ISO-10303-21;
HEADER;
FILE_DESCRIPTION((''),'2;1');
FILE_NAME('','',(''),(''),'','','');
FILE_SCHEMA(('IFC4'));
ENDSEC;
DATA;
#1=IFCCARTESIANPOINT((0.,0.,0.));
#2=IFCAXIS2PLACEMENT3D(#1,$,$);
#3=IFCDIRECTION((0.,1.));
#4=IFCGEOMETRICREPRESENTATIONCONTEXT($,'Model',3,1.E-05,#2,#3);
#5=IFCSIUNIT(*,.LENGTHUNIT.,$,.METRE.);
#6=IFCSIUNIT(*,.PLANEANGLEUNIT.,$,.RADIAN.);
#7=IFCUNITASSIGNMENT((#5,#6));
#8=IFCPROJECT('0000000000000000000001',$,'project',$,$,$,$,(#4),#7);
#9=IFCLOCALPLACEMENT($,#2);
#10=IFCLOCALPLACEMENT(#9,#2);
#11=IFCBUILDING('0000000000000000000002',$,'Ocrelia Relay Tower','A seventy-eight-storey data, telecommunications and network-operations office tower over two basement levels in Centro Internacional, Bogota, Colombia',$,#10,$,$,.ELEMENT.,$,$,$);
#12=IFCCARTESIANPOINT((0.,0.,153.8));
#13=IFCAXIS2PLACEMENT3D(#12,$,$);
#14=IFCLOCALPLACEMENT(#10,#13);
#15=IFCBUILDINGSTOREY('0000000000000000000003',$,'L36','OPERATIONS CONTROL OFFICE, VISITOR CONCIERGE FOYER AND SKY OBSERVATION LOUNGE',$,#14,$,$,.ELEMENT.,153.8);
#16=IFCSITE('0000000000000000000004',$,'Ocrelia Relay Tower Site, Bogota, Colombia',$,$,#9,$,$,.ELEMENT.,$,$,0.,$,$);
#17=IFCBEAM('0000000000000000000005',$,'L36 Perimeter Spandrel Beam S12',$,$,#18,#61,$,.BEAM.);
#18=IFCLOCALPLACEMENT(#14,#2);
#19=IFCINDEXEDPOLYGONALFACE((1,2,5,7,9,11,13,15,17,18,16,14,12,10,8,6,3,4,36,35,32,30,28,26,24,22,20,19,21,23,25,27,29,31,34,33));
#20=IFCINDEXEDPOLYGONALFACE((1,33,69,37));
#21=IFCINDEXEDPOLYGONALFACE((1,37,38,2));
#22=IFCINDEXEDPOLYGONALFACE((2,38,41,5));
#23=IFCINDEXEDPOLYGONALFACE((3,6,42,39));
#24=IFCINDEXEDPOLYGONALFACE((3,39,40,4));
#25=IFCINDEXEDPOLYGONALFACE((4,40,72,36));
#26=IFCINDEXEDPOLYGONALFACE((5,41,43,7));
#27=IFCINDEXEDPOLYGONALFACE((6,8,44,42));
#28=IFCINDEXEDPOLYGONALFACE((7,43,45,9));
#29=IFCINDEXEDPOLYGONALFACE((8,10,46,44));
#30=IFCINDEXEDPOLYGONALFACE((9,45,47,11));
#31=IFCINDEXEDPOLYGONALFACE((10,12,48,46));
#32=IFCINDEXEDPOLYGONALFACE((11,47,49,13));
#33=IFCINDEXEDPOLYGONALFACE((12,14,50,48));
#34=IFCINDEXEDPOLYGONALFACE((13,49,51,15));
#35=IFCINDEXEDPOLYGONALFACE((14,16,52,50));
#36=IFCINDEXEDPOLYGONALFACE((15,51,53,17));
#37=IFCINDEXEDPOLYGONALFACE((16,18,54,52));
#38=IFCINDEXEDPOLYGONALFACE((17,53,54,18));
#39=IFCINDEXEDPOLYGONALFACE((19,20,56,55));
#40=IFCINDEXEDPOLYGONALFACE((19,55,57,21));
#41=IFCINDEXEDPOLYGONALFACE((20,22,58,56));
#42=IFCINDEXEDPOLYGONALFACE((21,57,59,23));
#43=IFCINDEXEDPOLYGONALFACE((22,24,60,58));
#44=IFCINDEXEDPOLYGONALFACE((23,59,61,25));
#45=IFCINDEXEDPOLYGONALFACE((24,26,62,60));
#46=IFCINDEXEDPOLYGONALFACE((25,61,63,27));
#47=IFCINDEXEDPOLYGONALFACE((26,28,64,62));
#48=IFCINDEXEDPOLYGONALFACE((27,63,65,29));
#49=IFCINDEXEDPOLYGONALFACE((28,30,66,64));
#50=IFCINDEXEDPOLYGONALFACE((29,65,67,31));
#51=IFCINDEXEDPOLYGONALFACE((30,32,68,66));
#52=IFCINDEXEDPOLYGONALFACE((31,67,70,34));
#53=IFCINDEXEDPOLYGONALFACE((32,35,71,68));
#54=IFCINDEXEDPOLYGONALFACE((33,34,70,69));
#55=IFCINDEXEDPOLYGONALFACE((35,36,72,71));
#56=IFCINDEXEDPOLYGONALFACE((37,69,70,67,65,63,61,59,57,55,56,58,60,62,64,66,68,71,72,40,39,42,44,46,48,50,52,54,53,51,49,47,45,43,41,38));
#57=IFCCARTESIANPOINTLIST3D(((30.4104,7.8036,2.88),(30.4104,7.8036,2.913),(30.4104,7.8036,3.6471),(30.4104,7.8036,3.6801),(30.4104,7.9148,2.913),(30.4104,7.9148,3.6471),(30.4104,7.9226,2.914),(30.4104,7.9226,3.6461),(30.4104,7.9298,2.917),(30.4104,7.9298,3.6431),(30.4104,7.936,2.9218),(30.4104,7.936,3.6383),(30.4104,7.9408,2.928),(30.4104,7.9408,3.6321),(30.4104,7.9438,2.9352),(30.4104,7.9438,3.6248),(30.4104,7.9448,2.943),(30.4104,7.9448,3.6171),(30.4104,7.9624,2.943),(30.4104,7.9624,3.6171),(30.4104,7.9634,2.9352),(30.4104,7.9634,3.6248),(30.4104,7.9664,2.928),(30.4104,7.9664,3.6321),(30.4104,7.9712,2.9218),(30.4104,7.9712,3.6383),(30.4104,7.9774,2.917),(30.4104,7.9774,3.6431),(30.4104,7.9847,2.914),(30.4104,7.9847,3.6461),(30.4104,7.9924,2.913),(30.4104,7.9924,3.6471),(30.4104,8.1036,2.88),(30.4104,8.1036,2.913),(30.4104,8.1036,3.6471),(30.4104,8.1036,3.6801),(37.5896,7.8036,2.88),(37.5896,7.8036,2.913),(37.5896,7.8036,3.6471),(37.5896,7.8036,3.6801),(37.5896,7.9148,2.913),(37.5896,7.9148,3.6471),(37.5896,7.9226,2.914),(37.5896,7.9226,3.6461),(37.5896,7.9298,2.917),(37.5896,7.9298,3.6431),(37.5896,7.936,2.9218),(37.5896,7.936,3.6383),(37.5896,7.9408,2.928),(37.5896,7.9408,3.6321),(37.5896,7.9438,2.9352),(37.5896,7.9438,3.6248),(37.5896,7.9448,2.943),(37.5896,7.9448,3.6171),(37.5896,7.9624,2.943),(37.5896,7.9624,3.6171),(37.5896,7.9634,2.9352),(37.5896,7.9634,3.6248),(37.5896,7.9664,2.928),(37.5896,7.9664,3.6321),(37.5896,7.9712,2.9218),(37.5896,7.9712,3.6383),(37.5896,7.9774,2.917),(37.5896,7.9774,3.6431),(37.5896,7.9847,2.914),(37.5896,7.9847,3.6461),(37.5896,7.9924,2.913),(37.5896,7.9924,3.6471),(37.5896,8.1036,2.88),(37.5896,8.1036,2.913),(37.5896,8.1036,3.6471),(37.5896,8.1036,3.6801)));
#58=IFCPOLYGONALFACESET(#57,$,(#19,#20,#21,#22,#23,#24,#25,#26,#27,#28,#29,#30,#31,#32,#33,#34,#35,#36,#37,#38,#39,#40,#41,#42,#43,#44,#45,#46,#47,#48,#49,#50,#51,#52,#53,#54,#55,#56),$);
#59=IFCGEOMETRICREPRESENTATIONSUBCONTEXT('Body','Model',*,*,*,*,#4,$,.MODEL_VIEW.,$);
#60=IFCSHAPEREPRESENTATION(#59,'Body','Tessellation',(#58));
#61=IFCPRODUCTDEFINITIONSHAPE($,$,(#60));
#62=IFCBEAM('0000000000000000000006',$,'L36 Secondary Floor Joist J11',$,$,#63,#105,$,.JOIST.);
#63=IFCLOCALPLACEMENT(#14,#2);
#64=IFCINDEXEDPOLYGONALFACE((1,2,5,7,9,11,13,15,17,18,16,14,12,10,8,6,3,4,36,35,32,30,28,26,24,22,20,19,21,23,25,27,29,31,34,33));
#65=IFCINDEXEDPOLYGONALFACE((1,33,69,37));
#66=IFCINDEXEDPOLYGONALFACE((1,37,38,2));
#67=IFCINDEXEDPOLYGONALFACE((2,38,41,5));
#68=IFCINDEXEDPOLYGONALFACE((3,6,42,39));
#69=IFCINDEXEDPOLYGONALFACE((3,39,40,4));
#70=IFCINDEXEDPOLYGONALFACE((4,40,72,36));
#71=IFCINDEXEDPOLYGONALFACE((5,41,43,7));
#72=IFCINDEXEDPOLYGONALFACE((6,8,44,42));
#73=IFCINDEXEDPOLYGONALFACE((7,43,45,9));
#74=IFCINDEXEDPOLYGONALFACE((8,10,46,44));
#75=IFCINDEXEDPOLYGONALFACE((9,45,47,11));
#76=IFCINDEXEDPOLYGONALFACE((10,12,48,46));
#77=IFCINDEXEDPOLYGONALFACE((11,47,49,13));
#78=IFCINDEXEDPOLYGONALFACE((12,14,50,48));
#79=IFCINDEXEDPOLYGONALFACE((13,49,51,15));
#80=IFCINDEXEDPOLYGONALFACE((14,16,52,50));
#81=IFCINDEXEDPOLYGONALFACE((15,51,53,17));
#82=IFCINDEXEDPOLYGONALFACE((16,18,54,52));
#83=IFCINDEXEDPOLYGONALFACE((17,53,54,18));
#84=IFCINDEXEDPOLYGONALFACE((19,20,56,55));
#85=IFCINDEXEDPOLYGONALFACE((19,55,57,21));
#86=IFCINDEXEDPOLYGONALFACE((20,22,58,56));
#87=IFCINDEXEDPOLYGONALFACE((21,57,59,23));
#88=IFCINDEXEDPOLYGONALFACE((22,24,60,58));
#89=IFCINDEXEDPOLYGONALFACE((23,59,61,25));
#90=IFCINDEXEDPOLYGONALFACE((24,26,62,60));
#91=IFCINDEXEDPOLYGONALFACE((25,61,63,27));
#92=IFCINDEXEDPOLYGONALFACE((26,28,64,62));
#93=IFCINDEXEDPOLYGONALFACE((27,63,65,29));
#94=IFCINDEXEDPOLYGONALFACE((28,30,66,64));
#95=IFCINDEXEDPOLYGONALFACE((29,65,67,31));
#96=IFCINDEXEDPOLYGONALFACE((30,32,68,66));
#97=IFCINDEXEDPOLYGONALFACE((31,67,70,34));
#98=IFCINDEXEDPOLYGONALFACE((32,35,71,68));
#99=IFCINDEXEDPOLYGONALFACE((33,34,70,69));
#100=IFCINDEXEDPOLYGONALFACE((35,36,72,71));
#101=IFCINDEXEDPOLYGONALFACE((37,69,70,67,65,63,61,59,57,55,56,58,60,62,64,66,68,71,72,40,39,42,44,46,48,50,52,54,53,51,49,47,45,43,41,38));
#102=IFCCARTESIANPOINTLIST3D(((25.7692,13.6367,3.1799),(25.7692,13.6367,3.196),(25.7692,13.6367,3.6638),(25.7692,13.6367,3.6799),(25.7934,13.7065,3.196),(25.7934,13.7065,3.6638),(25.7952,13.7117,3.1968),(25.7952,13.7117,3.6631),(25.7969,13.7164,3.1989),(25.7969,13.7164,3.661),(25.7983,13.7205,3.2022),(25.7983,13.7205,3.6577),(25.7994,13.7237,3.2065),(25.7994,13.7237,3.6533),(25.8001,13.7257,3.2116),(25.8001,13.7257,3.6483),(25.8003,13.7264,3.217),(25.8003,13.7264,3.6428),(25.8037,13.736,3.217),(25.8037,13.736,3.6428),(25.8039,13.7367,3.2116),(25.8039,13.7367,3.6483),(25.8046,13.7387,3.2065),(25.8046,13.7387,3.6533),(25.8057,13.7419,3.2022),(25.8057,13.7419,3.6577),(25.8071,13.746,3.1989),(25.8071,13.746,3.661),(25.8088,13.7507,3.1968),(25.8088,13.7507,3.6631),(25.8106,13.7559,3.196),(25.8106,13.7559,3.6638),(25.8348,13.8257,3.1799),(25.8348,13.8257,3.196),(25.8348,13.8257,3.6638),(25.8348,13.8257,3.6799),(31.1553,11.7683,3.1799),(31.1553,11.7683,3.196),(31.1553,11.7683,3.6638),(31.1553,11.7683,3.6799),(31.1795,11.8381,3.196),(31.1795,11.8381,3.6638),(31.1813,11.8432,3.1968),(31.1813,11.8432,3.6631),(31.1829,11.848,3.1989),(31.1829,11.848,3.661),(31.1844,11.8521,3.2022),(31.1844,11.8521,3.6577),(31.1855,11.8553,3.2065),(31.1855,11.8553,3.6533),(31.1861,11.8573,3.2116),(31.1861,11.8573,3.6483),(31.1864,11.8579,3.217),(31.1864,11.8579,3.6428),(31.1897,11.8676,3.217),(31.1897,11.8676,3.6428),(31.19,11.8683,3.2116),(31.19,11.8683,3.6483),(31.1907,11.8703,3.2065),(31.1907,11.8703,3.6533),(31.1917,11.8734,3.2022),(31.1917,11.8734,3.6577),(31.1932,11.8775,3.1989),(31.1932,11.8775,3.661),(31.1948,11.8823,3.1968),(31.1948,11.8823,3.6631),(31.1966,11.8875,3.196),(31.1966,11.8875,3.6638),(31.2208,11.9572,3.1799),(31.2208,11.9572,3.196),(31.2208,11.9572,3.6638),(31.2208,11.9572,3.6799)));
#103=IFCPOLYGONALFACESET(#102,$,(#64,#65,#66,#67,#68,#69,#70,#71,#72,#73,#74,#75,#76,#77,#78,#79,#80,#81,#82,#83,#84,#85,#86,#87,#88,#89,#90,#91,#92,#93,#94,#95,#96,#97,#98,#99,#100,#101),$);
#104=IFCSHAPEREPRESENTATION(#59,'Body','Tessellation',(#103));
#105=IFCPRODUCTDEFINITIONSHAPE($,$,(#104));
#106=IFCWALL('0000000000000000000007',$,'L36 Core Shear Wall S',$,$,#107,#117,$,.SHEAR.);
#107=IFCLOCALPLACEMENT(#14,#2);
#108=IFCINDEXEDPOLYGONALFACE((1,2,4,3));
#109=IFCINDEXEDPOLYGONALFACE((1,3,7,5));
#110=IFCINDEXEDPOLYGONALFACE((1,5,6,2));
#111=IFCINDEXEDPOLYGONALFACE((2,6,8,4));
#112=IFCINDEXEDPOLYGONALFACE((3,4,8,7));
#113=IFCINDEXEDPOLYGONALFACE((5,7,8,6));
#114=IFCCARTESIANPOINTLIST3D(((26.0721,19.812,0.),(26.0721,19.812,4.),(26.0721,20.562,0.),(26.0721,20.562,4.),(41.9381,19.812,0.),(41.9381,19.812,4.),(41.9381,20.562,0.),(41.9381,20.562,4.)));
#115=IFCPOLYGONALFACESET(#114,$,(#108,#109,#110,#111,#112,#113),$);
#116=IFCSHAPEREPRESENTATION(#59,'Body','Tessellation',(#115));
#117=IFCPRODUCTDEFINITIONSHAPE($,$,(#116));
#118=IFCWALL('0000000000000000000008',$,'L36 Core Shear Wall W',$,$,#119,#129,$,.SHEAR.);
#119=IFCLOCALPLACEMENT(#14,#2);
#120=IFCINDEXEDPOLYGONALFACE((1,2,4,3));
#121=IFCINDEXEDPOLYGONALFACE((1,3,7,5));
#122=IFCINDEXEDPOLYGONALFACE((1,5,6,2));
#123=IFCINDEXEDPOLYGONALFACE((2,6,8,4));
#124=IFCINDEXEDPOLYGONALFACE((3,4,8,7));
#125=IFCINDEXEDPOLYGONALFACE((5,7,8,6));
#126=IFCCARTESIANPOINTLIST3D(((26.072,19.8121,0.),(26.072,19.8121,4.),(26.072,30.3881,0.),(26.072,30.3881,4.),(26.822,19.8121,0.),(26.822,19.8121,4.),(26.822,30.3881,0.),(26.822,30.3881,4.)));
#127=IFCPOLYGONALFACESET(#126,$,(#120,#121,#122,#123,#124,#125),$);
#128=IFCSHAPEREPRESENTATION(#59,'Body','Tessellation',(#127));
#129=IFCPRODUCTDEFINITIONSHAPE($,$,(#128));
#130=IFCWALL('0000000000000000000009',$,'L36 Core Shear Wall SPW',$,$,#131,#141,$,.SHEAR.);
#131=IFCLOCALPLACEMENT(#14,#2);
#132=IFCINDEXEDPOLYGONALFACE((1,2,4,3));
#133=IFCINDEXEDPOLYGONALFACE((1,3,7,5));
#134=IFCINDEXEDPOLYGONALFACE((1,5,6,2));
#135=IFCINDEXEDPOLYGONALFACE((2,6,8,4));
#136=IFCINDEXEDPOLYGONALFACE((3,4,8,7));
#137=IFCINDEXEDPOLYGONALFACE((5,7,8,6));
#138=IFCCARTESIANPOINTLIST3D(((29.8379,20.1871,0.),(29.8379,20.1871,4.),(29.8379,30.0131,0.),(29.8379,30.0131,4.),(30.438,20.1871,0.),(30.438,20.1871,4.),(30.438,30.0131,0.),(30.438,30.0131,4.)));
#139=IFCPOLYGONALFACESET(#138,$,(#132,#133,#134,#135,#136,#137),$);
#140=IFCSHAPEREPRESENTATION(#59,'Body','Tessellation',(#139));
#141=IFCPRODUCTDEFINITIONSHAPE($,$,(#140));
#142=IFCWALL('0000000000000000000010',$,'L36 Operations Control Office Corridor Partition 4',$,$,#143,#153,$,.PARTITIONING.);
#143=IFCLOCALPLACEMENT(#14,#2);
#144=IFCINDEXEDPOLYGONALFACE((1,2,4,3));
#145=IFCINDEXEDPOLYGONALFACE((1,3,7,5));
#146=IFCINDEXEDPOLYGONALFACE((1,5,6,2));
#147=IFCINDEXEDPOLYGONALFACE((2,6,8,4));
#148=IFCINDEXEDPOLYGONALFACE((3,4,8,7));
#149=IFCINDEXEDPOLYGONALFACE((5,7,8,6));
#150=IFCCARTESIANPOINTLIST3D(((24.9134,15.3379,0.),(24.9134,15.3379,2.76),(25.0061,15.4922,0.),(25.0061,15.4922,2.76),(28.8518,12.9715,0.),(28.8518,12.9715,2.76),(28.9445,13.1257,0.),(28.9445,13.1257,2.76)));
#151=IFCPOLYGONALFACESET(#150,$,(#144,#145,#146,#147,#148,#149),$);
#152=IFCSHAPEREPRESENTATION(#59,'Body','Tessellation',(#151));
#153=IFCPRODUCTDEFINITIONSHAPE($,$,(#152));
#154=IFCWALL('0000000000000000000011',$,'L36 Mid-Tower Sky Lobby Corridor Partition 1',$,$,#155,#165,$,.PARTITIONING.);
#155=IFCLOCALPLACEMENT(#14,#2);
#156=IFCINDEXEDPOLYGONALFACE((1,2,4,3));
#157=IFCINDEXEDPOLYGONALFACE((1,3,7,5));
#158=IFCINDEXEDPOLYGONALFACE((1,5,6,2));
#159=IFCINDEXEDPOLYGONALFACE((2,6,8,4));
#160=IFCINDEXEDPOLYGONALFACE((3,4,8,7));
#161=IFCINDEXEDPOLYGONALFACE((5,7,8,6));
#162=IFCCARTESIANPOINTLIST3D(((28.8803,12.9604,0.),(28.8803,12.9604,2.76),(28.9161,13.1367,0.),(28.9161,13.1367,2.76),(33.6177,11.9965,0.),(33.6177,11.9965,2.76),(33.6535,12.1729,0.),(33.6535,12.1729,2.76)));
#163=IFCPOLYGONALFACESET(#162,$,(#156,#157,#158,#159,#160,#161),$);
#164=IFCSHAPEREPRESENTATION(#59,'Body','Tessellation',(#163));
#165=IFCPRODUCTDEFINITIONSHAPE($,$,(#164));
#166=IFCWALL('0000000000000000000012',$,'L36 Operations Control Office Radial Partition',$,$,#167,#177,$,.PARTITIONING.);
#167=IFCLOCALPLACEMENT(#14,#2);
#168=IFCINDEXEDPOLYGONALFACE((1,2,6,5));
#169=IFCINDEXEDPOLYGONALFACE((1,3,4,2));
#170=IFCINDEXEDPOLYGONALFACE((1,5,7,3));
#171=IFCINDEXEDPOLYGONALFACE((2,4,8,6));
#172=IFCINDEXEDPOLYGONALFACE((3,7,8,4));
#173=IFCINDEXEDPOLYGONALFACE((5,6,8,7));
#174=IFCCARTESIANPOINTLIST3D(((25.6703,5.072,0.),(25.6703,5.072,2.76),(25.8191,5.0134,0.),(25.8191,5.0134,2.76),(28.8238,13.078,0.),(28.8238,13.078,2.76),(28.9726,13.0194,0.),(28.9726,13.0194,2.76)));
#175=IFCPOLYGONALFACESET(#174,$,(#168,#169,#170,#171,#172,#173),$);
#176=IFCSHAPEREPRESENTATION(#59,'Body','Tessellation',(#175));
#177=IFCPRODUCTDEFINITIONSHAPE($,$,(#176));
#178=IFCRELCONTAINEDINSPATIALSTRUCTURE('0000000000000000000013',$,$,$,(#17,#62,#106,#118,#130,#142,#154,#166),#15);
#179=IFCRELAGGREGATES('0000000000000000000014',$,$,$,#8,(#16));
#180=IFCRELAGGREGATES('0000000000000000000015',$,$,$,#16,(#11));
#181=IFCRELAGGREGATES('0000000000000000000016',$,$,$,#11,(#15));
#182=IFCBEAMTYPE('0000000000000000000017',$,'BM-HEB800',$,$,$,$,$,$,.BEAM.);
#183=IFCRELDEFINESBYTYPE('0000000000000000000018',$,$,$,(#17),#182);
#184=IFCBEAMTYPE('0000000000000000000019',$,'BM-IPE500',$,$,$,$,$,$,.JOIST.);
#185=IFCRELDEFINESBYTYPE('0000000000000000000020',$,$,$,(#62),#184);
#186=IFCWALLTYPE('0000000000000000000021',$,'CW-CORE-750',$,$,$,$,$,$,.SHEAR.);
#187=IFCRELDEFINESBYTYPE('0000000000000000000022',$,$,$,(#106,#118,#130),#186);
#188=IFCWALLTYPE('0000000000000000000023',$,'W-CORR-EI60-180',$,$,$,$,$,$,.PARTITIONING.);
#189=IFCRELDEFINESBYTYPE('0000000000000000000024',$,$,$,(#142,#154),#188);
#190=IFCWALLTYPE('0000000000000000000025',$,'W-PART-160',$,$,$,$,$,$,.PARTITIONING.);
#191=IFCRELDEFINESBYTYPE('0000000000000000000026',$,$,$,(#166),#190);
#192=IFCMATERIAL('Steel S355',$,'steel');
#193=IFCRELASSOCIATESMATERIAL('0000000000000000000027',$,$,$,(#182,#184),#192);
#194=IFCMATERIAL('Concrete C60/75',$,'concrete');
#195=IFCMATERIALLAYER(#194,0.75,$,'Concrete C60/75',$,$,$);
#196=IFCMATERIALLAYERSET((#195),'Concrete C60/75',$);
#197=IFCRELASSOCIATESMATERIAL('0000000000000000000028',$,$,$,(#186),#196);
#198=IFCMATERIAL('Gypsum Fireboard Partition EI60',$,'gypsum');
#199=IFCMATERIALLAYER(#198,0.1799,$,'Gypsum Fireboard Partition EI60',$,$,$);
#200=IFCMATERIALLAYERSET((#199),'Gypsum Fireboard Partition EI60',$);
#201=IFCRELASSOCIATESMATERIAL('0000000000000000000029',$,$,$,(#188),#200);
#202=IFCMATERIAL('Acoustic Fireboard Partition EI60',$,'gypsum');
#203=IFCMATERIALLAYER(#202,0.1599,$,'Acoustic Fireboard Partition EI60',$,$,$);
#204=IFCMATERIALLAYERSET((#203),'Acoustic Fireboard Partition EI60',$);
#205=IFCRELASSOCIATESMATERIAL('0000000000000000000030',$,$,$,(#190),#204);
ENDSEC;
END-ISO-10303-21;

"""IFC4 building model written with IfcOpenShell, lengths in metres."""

from ifc_helpers import new_model, si_unit, direction, frame, frame_2d, origin, origin_2d, place, context, subcontext, project, spatial, rectangle, i_section, extrude, material, layer, layer_set, material_profile, profile_set, type_object, element, save


model = new_model("IFC4")

# Units and contexts
model_context = context("Model", 3, precision=1e-05, world=origin(), true_north=direction((0.0, 1.0)))
body_context = subcontext(model_context, "Body", "Model", "MODEL_VIEW")
ifc_project = project(units=[si_unit("LENGTHUNIT", "METRE"), si_unit("PLANEANGLEUNIT", "RADIAN")], contexts=[model_context])

# Site, building, storey
site_placement = place(None, origin())
site = spatial("IfcSite", under=ifc_project, at=site_placement, Name="Ocrelia Relay Tower Site, Bogota, Colombia", CompositionType="ELEMENT", RefElevation=0.0)
building_placement = place(site_placement, origin())
building = spatial("IfcBuilding", under=site, at=building_placement, Name="Ocrelia Relay Tower", Description="A seventy-eight-storey data, telecommunications and network-operations office tower over two basement levels in Centro Internacional, Bogota, Colombia", CompositionType="ELEMENT")
storey_placement = place(building_placement, frame((0.0, 0.0, 153.8)))
storey = spatial("IfcBuildingStorey", under=building, at=storey_placement, Name="L36", Description="OPERATIONS CONTROL OFFICE, VISITOR CONCIERGE FOYER AND SKY OBSERVATION LOUNGE", CompositionType="ELEMENT", Elevation=153.8)

# Shared definitions
ifc_material_1 = material(Name="Concrete C60/75", Category="concrete")

# Beams
ifc_material_2 = material(Name="Steel S355", Category="steel")
ifc_material_profile_1 = material_profile(ifc_material_2, i_section(OverallWidth=0.3, OverallDepth=0.8, WebThickness=0.0176, FlangeThickness=0.033, FilletRadius=0.03, at=origin_2d()), Name="HEB 800")
ifc_profile_set_1 = profile_set([ifc_material_profile_1], Name="Steel S355")
beam_type_1 = type_object("IfcBeamType", Name="BM-HEB800", PredefinedType="BEAM", material=ifc_profile_set_1)
for number, where, z_axis, x_axis, name in (
    (1, (30.4104, 7.9536, 3.28), (1.0, 0.0, 0.0), (0.0, 1.0, 0.0), "L36 Perimeter Spandrel Beam S12"),
):
    element("IfcBeam", number, at=place(storey_placement, frame(where, z_axis=z_axis, x_axis=x_axis)), inside=storey, type_object=beam_type_1, Name=name, PredefinedType="BEAM", context=body_context, shape_type="SweptSolid", body=[
        extrude(i_section(OverallWidth=0.3, OverallDepth=0.8, WebThickness=0.0176, FlangeThickness=0.033, FilletRadius=0.03, at=origin_2d()), origin(), (0.0, 0.0, 1.0), 7.1792),
    ])
ifc_material_profile_2 = material_profile(ifc_material_2, i_section(OverallWidth=0.2, OverallDepth=0.5, WebThickness=0.0103, FlangeThickness=0.0161, FilletRadius=0.021, at=origin_2d()), Name="IPE 500")
ifc_profile_set_2 = profile_set([ifc_material_profile_2], Name="Steel S355")
beam_type_2 = type_object("IfcBeamType", Name="BM-IPE500", PredefinedType="JOIST", material=ifc_profile_set_2)
beam_1_placement = place(storey_placement, frame((25.802, 13.7312, 3.4299), z_axis=(0.944767, -0.327741, 0.0), x_axis=(0.327741, 0.944767, 0.0)))
element("IfcBeam", 2, at=beam_1_placement, inside=storey, type_object=beam_type_2, Name="L36 Secondary Floor Joist J11", PredefinedType="JOIST", context=body_context, shape_type="SweptSolid", body=[
    extrude(i_section(OverallWidth=0.2, OverallDepth=0.5, WebThickness=0.0103, FlangeThickness=0.0161, FilletRadius=0.021, at=origin_2d()), origin(), (0.0, 0.0, 1.0), 5.7009),
])

# Walls
ifc_layer_1 = layer(ifc_material_1, 0.75, Name="Concrete C60/75")
ifc_layer_set_1 = layer_set([ifc_layer_1], Name="Concrete C60/75")
wall_type_1 = type_object("IfcWallType", Name="CW-CORE-750", PredefinedType="SHEAR", material=ifc_layer_set_1)
wall_1_placement = place(storey_placement, frame((26.072, 20.187, 0.0), z_axis=(0.0, 0.0, 1.0), x_axis=(1.0, 0.0, 0.0)))
element("IfcWall", 3, at=wall_1_placement, inside=storey, type_object=wall_type_1, Name="L36 Core Shear Wall S", PredefinedType="SHEAR", context=body_context, shape_type="SweptSolid", body=[
    extrude(rectangle(XDim=15.866, YDim=0.75, at=frame_2d((7.9331, 0.0))), origin(), (0.0, 0.0, 1.0), 4.0),
])
wall_2_placement = place(storey_placement, frame((26.447, 19.812, 0.0), z_axis=(0.0, 0.0, 1.0), x_axis=(0.0, 1.0, 0.0)))
element("IfcWall", 4, at=wall_2_placement, inside=storey, type_object=wall_type_1, Name="L36 Core Shear Wall W", PredefinedType="SHEAR", context=body_context, shape_type="SweptSolid", body=[
    extrude(rectangle(XDim=10.5759, YDim=0.75, at=frame_2d((5.2881, 0.0))), origin(), (0.0, 0.0, 1.0), 4.0),
])
wall_3_placement = place(storey_placement, frame((30.1379, 20.187, 0.0), z_axis=(0.0, 0.0, 1.0), x_axis=(0.0, 1.0, 0.0)))
element("IfcWall", 5, at=wall_3_placement, inside=storey, type_object=wall_type_1, Name="L36 Core Shear Wall SPW", PredefinedType="SHEAR", context=body_context, shape_type="SweptSolid", body=[
    extrude(rectangle(XDim=9.8259, YDim=0.6001, at=frame_2d((4.9131, 0.0))), origin(), (0.0, 0.0, 1.0), 4.0),
])
ifc_material_3 = material(Name="Gypsum Fireboard Partition EI60", Category="gypsum")
ifc_layer_2 = layer(ifc_material_3, 0.1799, Name="Gypsum Fireboard Partition EI60")
ifc_layer_set_2 = layer_set([ifc_layer_2], Name="Gypsum Fireboard Partition EI60")
wall_type_2 = type_object("IfcWallType", Name="W-CORR-EI60-180", PredefinedType="PARTITIONING", material=ifc_layer_set_2)
wall_4_placement = place(storey_placement, frame((24.9597, 15.415, 0.0), z_axis=(0.0, 0.0, 1.0), x_axis=(0.857169, -0.515035, 0.0)))
element("IfcWall", 6, at=wall_4_placement, inside=storey, type_object=wall_type_2, Name="L36 Operations Control Office Corridor Partition 4", PredefinedType="PARTITIONING", context=body_context, shape_type="SweptSolid", body=[
    extrude(rectangle(XDim=4.5947, YDim=0.1799, at=frame_2d((2.2974, 0.0))), origin(), (0.0, 0.0, 1.0), 2.76),
])
wall_5_placement = place(storey_placement, frame((28.8982, 13.0486, 0.0), z_axis=(0.0, 0.0, 1.0), x_axis=(0.979923, -0.199378, 0.0)))
element("IfcWall", 7, at=wall_5_placement, inside=storey, type_object=wall_type_2, Name="L36 Mid-Tower Sky Lobby Corridor Partition 1", PredefinedType="PARTITIONING", context=body_context, shape_type="SweptSolid", body=[
    extrude(rectangle(XDim=4.8345, YDim=0.1799, at=frame_2d((2.4172, 0.0))), origin(), (0.0, 0.0, 1.0), 2.76),
])
ifc_material_4 = material(Name="Acoustic Fireboard Partition EI60", Category="gypsum")
ifc_layer_3 = layer(ifc_material_4, 0.1599, Name="Acoustic Fireboard Partition EI60")
ifc_layer_set_3 = layer_set([ifc_layer_3], Name="Acoustic Fireboard Partition EI60")
wall_type_3 = type_object("IfcWallType", Name="W-PART-160", PredefinedType="PARTITIONING", material=ifc_layer_set_3)
wall_6_placement = place(storey_placement, frame((28.8982, 13.0486, 0.0), z_axis=(0.0, 0.0, 1.0), x_axis=(-0.366489, -0.930422, 0.0)))
element("IfcWall", 8, at=wall_6_placement, inside=storey, type_object=wall_type_3, Name="L36 Operations Control Office Radial Partition", PredefinedType="PARTITIONING", context=body_context, shape_type="SweptSolid", body=[
    extrude(rectangle(XDim=8.6047, YDim=0.1599, at=frame_2d((4.3022, 0.0))), origin(), (0.0, 0.0, 1.0), 2.76),
])

save(model, "model.ifc")
